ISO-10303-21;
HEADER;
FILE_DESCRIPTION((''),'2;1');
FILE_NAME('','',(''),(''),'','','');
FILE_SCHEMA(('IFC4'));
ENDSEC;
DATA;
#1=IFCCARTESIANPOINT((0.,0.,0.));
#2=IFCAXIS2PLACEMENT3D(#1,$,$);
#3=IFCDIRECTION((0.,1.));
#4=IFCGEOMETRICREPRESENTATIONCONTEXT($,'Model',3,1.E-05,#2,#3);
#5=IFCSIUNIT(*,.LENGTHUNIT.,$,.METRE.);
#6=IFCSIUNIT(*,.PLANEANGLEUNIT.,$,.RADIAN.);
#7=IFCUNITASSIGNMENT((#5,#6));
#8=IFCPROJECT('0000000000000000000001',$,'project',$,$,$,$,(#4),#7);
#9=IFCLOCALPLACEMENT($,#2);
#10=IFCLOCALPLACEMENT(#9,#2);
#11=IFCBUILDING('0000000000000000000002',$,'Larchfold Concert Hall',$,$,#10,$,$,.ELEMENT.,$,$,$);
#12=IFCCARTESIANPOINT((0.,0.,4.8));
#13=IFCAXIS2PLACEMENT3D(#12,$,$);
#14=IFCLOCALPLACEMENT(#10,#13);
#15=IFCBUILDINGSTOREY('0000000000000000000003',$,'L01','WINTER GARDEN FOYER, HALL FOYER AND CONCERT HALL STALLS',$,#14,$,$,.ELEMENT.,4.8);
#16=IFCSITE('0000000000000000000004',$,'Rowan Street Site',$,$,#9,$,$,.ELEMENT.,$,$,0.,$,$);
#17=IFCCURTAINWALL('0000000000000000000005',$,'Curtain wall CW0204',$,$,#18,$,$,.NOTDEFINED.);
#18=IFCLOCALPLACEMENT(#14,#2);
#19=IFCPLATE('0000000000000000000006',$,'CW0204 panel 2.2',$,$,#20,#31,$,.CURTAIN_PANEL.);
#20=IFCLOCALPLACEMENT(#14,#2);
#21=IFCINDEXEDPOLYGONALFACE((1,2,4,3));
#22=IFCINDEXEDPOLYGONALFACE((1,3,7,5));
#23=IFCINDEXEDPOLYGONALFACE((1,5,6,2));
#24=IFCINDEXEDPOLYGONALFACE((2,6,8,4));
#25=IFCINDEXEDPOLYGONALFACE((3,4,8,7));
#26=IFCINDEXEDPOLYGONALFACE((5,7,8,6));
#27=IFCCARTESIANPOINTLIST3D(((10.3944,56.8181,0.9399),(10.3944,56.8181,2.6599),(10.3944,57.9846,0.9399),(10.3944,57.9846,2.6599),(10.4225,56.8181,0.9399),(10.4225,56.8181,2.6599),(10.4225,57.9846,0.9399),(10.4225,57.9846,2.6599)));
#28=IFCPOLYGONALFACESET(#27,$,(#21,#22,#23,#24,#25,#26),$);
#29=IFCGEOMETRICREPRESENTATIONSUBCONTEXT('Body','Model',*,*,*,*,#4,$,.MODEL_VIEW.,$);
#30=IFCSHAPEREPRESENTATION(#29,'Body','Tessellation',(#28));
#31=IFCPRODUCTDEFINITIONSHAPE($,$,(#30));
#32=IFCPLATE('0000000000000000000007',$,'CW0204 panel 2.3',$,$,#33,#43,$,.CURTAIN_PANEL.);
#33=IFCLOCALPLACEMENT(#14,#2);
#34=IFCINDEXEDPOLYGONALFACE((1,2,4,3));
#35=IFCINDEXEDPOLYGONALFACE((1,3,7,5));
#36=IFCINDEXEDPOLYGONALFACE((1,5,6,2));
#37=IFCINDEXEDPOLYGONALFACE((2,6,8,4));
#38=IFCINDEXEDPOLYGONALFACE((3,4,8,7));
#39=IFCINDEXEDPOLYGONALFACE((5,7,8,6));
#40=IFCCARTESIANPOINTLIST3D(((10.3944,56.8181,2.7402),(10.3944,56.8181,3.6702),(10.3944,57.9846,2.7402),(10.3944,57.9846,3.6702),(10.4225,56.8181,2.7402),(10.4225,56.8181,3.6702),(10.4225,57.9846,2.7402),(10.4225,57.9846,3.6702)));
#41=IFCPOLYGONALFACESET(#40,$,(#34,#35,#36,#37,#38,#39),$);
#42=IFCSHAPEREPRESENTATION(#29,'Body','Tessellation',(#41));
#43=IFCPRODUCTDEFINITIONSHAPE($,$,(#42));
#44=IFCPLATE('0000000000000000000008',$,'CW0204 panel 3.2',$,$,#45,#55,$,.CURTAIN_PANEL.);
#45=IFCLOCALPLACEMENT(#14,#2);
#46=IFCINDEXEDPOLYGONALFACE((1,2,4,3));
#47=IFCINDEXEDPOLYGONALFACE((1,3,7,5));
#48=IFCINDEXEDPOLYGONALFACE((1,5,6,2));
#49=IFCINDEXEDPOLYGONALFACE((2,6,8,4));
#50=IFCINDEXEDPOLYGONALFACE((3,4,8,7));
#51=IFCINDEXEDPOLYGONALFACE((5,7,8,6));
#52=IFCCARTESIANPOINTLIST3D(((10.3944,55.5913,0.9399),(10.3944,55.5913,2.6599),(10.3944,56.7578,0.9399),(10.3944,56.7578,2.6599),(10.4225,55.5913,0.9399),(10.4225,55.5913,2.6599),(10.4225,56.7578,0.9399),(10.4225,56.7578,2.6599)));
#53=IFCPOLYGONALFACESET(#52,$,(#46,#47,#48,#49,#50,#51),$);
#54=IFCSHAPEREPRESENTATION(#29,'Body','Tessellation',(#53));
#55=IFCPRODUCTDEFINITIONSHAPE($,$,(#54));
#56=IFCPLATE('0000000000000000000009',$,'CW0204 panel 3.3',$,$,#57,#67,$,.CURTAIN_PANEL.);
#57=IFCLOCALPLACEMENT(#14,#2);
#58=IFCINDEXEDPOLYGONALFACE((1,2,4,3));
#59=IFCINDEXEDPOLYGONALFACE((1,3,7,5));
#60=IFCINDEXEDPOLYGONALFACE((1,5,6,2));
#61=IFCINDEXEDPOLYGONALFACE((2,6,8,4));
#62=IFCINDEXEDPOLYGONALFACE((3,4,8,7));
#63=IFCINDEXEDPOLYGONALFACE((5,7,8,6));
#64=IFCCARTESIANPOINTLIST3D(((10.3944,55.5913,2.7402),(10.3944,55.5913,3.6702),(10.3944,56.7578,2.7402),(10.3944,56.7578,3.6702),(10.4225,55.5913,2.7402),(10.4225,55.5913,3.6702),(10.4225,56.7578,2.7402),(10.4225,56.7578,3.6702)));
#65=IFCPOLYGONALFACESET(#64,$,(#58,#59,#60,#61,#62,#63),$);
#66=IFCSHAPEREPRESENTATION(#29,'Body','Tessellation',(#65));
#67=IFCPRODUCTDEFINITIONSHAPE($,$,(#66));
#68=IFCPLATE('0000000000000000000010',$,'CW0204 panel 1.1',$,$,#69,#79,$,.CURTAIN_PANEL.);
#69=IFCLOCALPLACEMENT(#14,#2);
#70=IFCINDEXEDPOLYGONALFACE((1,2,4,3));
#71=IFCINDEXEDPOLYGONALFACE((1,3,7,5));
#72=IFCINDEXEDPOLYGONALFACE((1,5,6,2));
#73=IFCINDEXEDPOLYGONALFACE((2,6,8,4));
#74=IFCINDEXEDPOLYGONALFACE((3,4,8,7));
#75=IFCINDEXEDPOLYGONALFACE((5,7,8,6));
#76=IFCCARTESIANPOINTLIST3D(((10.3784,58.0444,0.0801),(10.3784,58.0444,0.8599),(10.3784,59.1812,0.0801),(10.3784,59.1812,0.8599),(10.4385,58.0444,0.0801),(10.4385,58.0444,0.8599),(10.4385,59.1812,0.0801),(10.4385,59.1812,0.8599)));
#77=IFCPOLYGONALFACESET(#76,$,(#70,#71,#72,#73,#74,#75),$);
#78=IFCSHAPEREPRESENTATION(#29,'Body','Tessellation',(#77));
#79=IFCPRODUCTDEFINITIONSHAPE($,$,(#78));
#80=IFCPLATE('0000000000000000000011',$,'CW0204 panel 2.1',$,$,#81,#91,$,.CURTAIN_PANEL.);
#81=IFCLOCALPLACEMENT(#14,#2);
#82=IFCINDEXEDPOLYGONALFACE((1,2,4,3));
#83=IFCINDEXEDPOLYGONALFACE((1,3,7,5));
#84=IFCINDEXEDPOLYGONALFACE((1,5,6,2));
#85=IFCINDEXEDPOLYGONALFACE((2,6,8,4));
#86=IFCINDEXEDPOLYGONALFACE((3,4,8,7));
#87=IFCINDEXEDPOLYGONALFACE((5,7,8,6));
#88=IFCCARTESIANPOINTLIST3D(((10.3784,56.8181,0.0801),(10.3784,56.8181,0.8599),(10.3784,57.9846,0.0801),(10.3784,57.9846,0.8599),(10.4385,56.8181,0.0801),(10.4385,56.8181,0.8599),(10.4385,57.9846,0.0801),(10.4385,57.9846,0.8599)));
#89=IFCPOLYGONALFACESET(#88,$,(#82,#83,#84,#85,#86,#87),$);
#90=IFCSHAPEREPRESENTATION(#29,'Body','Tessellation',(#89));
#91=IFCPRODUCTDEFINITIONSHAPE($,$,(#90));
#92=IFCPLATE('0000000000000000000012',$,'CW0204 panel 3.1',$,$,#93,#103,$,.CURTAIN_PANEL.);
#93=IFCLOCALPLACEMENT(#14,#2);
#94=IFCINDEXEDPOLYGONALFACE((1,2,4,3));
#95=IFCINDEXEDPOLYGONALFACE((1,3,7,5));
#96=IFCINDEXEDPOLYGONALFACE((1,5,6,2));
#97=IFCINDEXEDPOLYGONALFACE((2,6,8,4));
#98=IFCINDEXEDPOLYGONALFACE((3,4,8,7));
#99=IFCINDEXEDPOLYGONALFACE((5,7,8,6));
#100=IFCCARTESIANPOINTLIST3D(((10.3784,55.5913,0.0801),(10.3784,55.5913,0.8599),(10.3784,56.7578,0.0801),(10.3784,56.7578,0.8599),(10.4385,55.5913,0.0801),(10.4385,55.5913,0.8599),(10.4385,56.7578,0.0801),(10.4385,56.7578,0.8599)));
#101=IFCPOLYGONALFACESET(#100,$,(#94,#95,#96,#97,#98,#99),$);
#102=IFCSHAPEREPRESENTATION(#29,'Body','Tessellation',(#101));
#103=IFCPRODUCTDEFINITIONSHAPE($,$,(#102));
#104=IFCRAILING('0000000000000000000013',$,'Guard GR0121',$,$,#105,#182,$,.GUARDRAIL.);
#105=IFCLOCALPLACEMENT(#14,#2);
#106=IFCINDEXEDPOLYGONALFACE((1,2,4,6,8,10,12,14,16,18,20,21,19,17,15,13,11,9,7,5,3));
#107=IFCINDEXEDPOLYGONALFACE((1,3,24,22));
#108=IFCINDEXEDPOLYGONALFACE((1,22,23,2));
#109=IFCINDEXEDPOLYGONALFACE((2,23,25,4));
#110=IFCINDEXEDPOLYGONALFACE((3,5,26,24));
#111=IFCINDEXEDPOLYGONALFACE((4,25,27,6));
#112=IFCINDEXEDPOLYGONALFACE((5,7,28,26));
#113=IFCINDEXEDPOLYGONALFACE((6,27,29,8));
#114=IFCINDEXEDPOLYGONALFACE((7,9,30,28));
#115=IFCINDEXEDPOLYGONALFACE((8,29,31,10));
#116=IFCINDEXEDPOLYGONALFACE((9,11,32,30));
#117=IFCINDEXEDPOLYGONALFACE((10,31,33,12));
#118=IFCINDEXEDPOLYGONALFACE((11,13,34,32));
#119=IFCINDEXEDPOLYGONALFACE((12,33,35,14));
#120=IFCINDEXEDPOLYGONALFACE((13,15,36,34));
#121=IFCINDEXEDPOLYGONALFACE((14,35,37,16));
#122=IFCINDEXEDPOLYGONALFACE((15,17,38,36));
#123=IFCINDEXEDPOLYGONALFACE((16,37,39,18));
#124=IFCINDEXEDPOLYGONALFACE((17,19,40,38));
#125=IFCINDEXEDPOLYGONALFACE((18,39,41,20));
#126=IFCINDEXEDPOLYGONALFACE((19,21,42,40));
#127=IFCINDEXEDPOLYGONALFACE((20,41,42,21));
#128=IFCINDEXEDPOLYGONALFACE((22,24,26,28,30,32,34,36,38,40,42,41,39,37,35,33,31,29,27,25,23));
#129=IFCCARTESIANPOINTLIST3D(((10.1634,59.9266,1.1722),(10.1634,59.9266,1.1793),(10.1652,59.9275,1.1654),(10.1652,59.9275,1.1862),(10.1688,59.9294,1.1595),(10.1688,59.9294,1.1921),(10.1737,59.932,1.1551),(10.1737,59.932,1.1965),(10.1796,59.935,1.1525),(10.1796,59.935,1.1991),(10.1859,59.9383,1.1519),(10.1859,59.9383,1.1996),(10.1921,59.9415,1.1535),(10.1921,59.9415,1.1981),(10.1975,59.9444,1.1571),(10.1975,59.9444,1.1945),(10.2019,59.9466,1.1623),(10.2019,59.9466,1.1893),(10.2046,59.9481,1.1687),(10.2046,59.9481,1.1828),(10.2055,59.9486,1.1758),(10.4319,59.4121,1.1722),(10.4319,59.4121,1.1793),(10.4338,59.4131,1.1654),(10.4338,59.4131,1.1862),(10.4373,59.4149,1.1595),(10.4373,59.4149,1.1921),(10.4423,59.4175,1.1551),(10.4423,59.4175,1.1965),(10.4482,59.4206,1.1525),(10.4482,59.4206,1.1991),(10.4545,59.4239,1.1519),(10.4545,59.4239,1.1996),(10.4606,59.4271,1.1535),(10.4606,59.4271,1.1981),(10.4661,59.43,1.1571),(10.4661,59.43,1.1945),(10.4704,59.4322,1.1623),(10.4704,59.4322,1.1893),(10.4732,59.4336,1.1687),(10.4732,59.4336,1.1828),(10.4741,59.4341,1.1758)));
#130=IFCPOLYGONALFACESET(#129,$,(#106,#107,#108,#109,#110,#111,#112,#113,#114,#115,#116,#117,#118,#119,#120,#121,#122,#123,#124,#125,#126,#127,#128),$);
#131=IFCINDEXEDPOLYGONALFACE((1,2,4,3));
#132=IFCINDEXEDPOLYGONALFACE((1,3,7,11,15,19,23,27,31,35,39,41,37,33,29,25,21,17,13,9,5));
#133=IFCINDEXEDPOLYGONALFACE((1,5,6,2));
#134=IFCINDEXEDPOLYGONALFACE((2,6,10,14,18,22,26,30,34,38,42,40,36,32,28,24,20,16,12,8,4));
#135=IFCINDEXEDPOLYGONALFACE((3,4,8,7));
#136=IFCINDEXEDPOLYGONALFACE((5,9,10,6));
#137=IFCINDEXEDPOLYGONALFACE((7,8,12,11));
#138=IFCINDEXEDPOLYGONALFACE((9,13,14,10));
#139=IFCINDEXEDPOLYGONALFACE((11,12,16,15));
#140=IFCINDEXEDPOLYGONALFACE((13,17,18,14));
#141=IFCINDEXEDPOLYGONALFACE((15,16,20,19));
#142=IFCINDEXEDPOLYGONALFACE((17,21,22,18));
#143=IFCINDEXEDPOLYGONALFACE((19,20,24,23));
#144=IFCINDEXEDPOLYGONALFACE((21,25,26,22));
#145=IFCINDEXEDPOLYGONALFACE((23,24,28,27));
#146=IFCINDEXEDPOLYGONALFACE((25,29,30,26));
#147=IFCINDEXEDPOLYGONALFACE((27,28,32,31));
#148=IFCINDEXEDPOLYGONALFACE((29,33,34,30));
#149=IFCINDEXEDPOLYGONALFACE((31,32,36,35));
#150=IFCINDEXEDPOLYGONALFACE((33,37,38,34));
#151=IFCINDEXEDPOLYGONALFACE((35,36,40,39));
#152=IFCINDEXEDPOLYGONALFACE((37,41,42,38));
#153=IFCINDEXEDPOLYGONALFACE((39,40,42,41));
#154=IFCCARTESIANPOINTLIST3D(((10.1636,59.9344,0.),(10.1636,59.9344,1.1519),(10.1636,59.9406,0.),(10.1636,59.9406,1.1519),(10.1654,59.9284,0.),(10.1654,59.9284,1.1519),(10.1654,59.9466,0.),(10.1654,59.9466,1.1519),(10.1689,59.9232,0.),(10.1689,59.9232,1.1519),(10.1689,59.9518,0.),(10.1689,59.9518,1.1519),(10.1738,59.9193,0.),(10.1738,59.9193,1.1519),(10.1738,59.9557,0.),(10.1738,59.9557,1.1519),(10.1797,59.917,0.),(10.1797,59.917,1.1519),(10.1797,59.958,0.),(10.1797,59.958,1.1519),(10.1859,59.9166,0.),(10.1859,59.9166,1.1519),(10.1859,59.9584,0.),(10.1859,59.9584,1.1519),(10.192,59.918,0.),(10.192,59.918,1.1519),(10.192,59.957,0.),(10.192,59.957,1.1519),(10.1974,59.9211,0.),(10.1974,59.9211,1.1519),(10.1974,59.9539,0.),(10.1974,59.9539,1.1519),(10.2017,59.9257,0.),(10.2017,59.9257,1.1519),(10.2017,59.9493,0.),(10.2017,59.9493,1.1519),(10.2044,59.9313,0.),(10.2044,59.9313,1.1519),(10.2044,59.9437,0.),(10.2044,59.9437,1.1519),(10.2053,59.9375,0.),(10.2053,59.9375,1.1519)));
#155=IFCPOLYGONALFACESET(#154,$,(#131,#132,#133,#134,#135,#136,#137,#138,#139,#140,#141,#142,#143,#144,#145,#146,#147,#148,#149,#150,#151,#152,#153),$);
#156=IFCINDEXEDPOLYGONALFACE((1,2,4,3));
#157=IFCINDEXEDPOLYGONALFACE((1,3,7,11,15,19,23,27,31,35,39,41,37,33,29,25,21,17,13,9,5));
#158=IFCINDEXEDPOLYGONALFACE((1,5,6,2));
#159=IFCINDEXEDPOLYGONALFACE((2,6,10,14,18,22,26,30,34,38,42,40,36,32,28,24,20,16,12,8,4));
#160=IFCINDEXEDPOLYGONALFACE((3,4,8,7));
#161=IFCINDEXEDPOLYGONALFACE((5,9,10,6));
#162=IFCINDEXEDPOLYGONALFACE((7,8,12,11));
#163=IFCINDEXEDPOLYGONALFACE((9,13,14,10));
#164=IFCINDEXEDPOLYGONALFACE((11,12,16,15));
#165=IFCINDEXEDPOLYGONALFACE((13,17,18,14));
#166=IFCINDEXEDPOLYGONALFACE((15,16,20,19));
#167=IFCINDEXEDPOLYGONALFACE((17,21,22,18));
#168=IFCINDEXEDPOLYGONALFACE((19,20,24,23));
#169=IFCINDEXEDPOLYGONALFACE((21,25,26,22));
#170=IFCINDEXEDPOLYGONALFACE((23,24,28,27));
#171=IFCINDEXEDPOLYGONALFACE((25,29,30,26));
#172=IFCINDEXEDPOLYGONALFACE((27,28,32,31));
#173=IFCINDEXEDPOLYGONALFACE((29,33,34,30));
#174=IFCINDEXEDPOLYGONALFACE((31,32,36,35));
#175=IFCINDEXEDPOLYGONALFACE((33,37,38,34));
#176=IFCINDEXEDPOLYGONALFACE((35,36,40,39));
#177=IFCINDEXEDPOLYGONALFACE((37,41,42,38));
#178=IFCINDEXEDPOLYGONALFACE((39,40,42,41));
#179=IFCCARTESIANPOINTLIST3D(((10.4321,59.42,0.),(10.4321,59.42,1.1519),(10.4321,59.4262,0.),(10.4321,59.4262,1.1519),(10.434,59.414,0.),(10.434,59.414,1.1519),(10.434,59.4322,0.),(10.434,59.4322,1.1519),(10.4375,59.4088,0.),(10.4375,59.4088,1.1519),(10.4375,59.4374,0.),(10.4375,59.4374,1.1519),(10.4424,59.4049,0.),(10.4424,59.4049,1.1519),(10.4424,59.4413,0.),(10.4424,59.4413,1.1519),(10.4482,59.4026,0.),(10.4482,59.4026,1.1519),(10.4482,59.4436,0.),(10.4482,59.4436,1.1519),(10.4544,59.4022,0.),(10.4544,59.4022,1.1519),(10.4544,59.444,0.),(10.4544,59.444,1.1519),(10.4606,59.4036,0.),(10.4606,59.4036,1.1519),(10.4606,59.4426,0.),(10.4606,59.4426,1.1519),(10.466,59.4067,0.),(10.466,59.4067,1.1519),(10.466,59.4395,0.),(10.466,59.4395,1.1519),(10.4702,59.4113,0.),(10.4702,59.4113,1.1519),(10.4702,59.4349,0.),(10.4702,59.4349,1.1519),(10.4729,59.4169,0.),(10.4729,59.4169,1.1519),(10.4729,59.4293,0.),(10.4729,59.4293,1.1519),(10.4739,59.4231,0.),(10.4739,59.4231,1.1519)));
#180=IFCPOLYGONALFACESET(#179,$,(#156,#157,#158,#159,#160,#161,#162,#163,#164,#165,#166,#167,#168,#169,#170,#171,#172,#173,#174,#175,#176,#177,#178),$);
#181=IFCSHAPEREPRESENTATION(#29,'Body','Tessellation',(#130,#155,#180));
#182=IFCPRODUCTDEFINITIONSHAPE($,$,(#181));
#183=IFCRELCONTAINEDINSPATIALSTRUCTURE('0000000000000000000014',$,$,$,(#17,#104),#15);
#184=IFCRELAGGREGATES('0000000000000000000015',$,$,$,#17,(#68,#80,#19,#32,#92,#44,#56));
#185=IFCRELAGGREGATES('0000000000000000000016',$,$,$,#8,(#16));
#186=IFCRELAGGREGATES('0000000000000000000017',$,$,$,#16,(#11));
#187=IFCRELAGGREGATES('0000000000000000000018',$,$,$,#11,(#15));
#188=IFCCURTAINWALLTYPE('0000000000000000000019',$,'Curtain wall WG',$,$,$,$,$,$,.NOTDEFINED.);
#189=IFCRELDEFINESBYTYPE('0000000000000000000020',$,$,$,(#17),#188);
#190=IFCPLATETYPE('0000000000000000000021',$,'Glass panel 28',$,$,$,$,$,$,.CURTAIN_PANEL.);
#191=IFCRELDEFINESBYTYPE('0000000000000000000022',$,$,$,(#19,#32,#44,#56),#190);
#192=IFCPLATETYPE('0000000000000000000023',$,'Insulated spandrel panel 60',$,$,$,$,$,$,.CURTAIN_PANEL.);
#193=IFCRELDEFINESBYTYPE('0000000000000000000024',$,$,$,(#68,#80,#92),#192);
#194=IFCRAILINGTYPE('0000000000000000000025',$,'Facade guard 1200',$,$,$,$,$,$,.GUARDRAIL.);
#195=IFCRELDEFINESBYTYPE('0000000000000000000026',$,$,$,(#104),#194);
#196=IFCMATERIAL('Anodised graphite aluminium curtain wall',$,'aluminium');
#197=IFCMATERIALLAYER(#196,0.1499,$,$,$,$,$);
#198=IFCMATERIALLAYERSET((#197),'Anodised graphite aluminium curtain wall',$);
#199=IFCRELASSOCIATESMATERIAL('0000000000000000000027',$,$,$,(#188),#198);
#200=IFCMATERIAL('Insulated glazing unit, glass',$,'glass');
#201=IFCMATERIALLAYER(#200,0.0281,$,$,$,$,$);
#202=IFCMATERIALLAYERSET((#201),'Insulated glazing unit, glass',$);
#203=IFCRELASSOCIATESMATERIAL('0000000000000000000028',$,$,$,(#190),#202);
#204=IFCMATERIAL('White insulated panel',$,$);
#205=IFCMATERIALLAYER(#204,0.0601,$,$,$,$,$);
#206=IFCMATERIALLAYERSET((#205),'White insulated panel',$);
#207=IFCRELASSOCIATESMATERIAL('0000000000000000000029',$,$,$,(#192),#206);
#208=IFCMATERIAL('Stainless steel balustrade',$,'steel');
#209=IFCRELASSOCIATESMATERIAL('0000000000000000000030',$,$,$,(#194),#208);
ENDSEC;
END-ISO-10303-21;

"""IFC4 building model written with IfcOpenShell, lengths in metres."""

from ifc_helpers import new_model, si_unit, direction, frame, origin, origin_2d, place, context, subcontext, project, spatial, rectangle, circle, extrude, material, layer, layer_set, type_object, element, aggregate, save


model = new_model("IFC4")

# Units and contexts
model_context = context("Model", 3, precision=1e-05, world=origin(), true_north=direction((0.0, 1.0)))
body_context = subcontext(model_context, "Body", "Model", "MODEL_VIEW")
ifc_project = project(units=[si_unit("LENGTHUNIT", "METRE"), si_unit("PLANEANGLEUNIT", "RADIAN")], contexts=[model_context])

# Site, building, storey
site_placement = place(None, origin())
site = spatial("IfcSite", under=ifc_project, at=site_placement, Name="Rowan Street Site", CompositionType="ELEMENT", RefElevation=0.0)
building_placement = place(site_placement, origin())
building = spatial("IfcBuilding", under=site, at=building_placement, Name="Larchfold Concert Hall", CompositionType="ELEMENT")
storey_placement = place(building_placement, frame((0.0, 0.0, 4.8)))
storey = spatial("IfcBuildingStorey", under=building, at=storey_placement, Name="L01", Description="WINTER GARDEN FOYER, HALL FOYER AND CONCERT HALL STALLS", CompositionType="ELEMENT", Elevation=4.8)

# Shared definitions
ifc_material_1 = material(Name="Anodised graphite aluminium curtain wall", Category="aluminium")
ifc_layer_1 = layer(ifc_material_1, 0.1499)
ifc_layer_set_1 = layer_set([ifc_layer_1], Name="Anodised graphite aluminium curtain wall")
curtain_wall_type = type_object("IfcCurtainWallType", Name="Curtain wall WG", PredefinedType="NOTDEFINED", material=ifc_layer_set_1)

# Curtain wall
curtain_wall_1_placement = place(storey_placement, origin())
curtain_wall_1 = element("IfcCurtainWall", 1, at=curtain_wall_1_placement, inside=storey, type_object=curtain_wall_type, Name="Curtain wall CW0204", PredefinedType="NOTDEFINED")

# Plates
ifc_material_2 = material(Name="Insulated glazing unit, glass", Category="glass")
ifc_layer_2 = layer(ifc_material_2, 0.0281)
ifc_layer_set_2 = layer_set([ifc_layer_2], Name="Insulated glazing unit, glass")
plate_type_1 = type_object("IfcPlateType", Name="Glass panel 28", PredefinedType="CURTAIN_PANEL", material=ifc_layer_set_2)
plate_1_placement = place(storey_placement, frame((10.4084, 57.4014, 0.9399), z_axis=(0.0, 0.0, 1.0), x_axis=(0.0, -1.0, 0.0)))
plate_1 = element("IfcPlate", 2, at=plate_1_placement, type_object=plate_type_1, Name="CW0204 panel 2.2", PredefinedType="CURTAIN_PANEL", context=body_context, shape_type="SweptSolid", body=[
    extrude(rectangle(XDim=1.1665, YDim=0.0281, at=origin_2d()), origin(), (0.0, 0.0, 1.0), 1.72),
])
plate_2_placement = place(storey_placement, frame((10.4084, 57.4014, 2.7402), z_axis=(0.0, 0.0, 1.0), x_axis=(0.0, -1.0, 0.0)))
plate_2 = element("IfcPlate", 3, at=plate_2_placement, type_object=plate_type_1, Name="CW0204 panel 2.3", PredefinedType="CURTAIN_PANEL", context=body_context, shape_type="SweptSolid", body=[
    extrude(rectangle(XDim=1.1665, YDim=0.0281, at=origin_2d()), origin(), (0.0, 0.0, 1.0), 0.9299),
])
plate_3_placement = place(storey_placement, frame((10.4084, 56.1746, 0.9399), z_axis=(0.0, 0.0, 1.0), x_axis=(0.0, -1.0, 0.0)))
plate_3 = element("IfcPlate", 4, at=plate_3_placement, type_object=plate_type_1, Name="CW0204 panel 3.2", PredefinedType="CURTAIN_PANEL", context=body_context, shape_type="SweptSolid", body=[
    extrude(rectangle(XDim=1.1665, YDim=0.0281, at=origin_2d()), origin(), (0.0, 0.0, 1.0), 1.72),
])
plate_4_placement = place(storey_placement, frame((10.4084, 56.1746, 2.7402), z_axis=(0.0, 0.0, 1.0), x_axis=(0.0, -1.0, 0.0)))
plate_4 = element("IfcPlate", 5, at=plate_4_placement, type_object=plate_type_1, Name="CW0204 panel 3.3", PredefinedType="CURTAIN_PANEL", context=body_context, shape_type="SweptSolid", body=[
    extrude(rectangle(XDim=1.1665, YDim=0.0281, at=origin_2d()), origin(), (0.0, 0.0, 1.0), 0.9299),
])
ifc_material_3 = material(Name="White insulated panel")
ifc_layer_3 = layer(ifc_material_3, 0.0601)
ifc_layer_set_3 = layer_set([ifc_layer_3], Name="White insulated panel")
plate_type_2 = type_object("IfcPlateType", Name="Insulated spandrel panel 60", PredefinedType="CURTAIN_PANEL", material=ifc_layer_set_3)
plate_5_placement = place(storey_placement, frame((10.4084, 58.6128, 0.0801), z_axis=(0.0, 0.0, 1.0), x_axis=(0.0, -1.0, 0.0)))
plate_5 = element("IfcPlate", 6, at=plate_5_placement, type_object=plate_type_2, Name="CW0204 panel 1.1", PredefinedType="CURTAIN_PANEL", context=body_context, shape_type="SweptSolid", body=[
    extrude(rectangle(XDim=1.1367, YDim=0.0601, at=origin_2d()), origin(), (0.0, 0.0, 1.0), 0.7798),
])
plate_6_placement = place(storey_placement, frame((10.4084, 57.4014, 0.0801), z_axis=(0.0, 0.0, 1.0), x_axis=(0.0, -1.0, 0.0)))
plate_6 = element("IfcPlate", 7, at=plate_6_placement, type_object=plate_type_2, Name="CW0204 panel 2.1", PredefinedType="CURTAIN_PANEL", context=body_context, shape_type="SweptSolid", body=[
    extrude(rectangle(XDim=1.1665, YDim=0.0601, at=origin_2d()), origin(), (0.0, 0.0, 1.0), 0.7798),
])
plate_7_placement = place(storey_placement, frame((10.4084, 56.1746, 0.0801), z_axis=(0.0, 0.0, 1.0), x_axis=(0.0, -1.0, 0.0)))
plate_7 = element("IfcPlate", 8, at=plate_7_placement, type_object=plate_type_2, Name="CW0204 panel 3.1", PredefinedType="CURTAIN_PANEL", context=body_context, shape_type="SweptSolid", body=[
    extrude(rectangle(XDim=1.1665, YDim=0.0601, at=origin_2d()), origin(), (0.0, 0.0, 1.0), 0.7798),
])
aggregate(curtain_wall_1, [plate_5, plate_6, plate_1, plate_2, plate_7, plate_3, plate_4])

# Railing
ifc_material_4 = material(Name="Stainless steel balustrade", Category="steel")
railing_type = type_object("IfcRailingType", Name="Facade guard 1200", PredefinedType="GUARDRAIL", material=ifc_material_4)
railing_placement = place(storey_placement, frame((10.1843, 59.9375, 0.0)))
element("IfcRailing", 9, at=railing_placement, inside=storey, type_object=railing_type, Name="Guard GR0121", PredefinedType="GUARDRAIL", context=body_context, shape_type="SweptSolid", body=[
    extrude(circle(Radius=0.0239, at=origin_2d()), frame((0.0, 0.0, 1.1758), z_axis=(0.462796, -0.886465, 0.0), x_axis=(0.886465, 0.462796, 0.0)), (0.0, 0.0, 1.0), 0.5803),
    extrude(circle(Radius=0.021, at=origin_2d()), origin(), (0.0, 0.0, 1.0), 1.1519),
    extrude(circle(Radius=0.021, at=origin_2d()), frame((0.2686, -0.5144, 0.0)), (0.0, 0.0, 1.0), 1.1519),
])

save(model, "model.ifc")
